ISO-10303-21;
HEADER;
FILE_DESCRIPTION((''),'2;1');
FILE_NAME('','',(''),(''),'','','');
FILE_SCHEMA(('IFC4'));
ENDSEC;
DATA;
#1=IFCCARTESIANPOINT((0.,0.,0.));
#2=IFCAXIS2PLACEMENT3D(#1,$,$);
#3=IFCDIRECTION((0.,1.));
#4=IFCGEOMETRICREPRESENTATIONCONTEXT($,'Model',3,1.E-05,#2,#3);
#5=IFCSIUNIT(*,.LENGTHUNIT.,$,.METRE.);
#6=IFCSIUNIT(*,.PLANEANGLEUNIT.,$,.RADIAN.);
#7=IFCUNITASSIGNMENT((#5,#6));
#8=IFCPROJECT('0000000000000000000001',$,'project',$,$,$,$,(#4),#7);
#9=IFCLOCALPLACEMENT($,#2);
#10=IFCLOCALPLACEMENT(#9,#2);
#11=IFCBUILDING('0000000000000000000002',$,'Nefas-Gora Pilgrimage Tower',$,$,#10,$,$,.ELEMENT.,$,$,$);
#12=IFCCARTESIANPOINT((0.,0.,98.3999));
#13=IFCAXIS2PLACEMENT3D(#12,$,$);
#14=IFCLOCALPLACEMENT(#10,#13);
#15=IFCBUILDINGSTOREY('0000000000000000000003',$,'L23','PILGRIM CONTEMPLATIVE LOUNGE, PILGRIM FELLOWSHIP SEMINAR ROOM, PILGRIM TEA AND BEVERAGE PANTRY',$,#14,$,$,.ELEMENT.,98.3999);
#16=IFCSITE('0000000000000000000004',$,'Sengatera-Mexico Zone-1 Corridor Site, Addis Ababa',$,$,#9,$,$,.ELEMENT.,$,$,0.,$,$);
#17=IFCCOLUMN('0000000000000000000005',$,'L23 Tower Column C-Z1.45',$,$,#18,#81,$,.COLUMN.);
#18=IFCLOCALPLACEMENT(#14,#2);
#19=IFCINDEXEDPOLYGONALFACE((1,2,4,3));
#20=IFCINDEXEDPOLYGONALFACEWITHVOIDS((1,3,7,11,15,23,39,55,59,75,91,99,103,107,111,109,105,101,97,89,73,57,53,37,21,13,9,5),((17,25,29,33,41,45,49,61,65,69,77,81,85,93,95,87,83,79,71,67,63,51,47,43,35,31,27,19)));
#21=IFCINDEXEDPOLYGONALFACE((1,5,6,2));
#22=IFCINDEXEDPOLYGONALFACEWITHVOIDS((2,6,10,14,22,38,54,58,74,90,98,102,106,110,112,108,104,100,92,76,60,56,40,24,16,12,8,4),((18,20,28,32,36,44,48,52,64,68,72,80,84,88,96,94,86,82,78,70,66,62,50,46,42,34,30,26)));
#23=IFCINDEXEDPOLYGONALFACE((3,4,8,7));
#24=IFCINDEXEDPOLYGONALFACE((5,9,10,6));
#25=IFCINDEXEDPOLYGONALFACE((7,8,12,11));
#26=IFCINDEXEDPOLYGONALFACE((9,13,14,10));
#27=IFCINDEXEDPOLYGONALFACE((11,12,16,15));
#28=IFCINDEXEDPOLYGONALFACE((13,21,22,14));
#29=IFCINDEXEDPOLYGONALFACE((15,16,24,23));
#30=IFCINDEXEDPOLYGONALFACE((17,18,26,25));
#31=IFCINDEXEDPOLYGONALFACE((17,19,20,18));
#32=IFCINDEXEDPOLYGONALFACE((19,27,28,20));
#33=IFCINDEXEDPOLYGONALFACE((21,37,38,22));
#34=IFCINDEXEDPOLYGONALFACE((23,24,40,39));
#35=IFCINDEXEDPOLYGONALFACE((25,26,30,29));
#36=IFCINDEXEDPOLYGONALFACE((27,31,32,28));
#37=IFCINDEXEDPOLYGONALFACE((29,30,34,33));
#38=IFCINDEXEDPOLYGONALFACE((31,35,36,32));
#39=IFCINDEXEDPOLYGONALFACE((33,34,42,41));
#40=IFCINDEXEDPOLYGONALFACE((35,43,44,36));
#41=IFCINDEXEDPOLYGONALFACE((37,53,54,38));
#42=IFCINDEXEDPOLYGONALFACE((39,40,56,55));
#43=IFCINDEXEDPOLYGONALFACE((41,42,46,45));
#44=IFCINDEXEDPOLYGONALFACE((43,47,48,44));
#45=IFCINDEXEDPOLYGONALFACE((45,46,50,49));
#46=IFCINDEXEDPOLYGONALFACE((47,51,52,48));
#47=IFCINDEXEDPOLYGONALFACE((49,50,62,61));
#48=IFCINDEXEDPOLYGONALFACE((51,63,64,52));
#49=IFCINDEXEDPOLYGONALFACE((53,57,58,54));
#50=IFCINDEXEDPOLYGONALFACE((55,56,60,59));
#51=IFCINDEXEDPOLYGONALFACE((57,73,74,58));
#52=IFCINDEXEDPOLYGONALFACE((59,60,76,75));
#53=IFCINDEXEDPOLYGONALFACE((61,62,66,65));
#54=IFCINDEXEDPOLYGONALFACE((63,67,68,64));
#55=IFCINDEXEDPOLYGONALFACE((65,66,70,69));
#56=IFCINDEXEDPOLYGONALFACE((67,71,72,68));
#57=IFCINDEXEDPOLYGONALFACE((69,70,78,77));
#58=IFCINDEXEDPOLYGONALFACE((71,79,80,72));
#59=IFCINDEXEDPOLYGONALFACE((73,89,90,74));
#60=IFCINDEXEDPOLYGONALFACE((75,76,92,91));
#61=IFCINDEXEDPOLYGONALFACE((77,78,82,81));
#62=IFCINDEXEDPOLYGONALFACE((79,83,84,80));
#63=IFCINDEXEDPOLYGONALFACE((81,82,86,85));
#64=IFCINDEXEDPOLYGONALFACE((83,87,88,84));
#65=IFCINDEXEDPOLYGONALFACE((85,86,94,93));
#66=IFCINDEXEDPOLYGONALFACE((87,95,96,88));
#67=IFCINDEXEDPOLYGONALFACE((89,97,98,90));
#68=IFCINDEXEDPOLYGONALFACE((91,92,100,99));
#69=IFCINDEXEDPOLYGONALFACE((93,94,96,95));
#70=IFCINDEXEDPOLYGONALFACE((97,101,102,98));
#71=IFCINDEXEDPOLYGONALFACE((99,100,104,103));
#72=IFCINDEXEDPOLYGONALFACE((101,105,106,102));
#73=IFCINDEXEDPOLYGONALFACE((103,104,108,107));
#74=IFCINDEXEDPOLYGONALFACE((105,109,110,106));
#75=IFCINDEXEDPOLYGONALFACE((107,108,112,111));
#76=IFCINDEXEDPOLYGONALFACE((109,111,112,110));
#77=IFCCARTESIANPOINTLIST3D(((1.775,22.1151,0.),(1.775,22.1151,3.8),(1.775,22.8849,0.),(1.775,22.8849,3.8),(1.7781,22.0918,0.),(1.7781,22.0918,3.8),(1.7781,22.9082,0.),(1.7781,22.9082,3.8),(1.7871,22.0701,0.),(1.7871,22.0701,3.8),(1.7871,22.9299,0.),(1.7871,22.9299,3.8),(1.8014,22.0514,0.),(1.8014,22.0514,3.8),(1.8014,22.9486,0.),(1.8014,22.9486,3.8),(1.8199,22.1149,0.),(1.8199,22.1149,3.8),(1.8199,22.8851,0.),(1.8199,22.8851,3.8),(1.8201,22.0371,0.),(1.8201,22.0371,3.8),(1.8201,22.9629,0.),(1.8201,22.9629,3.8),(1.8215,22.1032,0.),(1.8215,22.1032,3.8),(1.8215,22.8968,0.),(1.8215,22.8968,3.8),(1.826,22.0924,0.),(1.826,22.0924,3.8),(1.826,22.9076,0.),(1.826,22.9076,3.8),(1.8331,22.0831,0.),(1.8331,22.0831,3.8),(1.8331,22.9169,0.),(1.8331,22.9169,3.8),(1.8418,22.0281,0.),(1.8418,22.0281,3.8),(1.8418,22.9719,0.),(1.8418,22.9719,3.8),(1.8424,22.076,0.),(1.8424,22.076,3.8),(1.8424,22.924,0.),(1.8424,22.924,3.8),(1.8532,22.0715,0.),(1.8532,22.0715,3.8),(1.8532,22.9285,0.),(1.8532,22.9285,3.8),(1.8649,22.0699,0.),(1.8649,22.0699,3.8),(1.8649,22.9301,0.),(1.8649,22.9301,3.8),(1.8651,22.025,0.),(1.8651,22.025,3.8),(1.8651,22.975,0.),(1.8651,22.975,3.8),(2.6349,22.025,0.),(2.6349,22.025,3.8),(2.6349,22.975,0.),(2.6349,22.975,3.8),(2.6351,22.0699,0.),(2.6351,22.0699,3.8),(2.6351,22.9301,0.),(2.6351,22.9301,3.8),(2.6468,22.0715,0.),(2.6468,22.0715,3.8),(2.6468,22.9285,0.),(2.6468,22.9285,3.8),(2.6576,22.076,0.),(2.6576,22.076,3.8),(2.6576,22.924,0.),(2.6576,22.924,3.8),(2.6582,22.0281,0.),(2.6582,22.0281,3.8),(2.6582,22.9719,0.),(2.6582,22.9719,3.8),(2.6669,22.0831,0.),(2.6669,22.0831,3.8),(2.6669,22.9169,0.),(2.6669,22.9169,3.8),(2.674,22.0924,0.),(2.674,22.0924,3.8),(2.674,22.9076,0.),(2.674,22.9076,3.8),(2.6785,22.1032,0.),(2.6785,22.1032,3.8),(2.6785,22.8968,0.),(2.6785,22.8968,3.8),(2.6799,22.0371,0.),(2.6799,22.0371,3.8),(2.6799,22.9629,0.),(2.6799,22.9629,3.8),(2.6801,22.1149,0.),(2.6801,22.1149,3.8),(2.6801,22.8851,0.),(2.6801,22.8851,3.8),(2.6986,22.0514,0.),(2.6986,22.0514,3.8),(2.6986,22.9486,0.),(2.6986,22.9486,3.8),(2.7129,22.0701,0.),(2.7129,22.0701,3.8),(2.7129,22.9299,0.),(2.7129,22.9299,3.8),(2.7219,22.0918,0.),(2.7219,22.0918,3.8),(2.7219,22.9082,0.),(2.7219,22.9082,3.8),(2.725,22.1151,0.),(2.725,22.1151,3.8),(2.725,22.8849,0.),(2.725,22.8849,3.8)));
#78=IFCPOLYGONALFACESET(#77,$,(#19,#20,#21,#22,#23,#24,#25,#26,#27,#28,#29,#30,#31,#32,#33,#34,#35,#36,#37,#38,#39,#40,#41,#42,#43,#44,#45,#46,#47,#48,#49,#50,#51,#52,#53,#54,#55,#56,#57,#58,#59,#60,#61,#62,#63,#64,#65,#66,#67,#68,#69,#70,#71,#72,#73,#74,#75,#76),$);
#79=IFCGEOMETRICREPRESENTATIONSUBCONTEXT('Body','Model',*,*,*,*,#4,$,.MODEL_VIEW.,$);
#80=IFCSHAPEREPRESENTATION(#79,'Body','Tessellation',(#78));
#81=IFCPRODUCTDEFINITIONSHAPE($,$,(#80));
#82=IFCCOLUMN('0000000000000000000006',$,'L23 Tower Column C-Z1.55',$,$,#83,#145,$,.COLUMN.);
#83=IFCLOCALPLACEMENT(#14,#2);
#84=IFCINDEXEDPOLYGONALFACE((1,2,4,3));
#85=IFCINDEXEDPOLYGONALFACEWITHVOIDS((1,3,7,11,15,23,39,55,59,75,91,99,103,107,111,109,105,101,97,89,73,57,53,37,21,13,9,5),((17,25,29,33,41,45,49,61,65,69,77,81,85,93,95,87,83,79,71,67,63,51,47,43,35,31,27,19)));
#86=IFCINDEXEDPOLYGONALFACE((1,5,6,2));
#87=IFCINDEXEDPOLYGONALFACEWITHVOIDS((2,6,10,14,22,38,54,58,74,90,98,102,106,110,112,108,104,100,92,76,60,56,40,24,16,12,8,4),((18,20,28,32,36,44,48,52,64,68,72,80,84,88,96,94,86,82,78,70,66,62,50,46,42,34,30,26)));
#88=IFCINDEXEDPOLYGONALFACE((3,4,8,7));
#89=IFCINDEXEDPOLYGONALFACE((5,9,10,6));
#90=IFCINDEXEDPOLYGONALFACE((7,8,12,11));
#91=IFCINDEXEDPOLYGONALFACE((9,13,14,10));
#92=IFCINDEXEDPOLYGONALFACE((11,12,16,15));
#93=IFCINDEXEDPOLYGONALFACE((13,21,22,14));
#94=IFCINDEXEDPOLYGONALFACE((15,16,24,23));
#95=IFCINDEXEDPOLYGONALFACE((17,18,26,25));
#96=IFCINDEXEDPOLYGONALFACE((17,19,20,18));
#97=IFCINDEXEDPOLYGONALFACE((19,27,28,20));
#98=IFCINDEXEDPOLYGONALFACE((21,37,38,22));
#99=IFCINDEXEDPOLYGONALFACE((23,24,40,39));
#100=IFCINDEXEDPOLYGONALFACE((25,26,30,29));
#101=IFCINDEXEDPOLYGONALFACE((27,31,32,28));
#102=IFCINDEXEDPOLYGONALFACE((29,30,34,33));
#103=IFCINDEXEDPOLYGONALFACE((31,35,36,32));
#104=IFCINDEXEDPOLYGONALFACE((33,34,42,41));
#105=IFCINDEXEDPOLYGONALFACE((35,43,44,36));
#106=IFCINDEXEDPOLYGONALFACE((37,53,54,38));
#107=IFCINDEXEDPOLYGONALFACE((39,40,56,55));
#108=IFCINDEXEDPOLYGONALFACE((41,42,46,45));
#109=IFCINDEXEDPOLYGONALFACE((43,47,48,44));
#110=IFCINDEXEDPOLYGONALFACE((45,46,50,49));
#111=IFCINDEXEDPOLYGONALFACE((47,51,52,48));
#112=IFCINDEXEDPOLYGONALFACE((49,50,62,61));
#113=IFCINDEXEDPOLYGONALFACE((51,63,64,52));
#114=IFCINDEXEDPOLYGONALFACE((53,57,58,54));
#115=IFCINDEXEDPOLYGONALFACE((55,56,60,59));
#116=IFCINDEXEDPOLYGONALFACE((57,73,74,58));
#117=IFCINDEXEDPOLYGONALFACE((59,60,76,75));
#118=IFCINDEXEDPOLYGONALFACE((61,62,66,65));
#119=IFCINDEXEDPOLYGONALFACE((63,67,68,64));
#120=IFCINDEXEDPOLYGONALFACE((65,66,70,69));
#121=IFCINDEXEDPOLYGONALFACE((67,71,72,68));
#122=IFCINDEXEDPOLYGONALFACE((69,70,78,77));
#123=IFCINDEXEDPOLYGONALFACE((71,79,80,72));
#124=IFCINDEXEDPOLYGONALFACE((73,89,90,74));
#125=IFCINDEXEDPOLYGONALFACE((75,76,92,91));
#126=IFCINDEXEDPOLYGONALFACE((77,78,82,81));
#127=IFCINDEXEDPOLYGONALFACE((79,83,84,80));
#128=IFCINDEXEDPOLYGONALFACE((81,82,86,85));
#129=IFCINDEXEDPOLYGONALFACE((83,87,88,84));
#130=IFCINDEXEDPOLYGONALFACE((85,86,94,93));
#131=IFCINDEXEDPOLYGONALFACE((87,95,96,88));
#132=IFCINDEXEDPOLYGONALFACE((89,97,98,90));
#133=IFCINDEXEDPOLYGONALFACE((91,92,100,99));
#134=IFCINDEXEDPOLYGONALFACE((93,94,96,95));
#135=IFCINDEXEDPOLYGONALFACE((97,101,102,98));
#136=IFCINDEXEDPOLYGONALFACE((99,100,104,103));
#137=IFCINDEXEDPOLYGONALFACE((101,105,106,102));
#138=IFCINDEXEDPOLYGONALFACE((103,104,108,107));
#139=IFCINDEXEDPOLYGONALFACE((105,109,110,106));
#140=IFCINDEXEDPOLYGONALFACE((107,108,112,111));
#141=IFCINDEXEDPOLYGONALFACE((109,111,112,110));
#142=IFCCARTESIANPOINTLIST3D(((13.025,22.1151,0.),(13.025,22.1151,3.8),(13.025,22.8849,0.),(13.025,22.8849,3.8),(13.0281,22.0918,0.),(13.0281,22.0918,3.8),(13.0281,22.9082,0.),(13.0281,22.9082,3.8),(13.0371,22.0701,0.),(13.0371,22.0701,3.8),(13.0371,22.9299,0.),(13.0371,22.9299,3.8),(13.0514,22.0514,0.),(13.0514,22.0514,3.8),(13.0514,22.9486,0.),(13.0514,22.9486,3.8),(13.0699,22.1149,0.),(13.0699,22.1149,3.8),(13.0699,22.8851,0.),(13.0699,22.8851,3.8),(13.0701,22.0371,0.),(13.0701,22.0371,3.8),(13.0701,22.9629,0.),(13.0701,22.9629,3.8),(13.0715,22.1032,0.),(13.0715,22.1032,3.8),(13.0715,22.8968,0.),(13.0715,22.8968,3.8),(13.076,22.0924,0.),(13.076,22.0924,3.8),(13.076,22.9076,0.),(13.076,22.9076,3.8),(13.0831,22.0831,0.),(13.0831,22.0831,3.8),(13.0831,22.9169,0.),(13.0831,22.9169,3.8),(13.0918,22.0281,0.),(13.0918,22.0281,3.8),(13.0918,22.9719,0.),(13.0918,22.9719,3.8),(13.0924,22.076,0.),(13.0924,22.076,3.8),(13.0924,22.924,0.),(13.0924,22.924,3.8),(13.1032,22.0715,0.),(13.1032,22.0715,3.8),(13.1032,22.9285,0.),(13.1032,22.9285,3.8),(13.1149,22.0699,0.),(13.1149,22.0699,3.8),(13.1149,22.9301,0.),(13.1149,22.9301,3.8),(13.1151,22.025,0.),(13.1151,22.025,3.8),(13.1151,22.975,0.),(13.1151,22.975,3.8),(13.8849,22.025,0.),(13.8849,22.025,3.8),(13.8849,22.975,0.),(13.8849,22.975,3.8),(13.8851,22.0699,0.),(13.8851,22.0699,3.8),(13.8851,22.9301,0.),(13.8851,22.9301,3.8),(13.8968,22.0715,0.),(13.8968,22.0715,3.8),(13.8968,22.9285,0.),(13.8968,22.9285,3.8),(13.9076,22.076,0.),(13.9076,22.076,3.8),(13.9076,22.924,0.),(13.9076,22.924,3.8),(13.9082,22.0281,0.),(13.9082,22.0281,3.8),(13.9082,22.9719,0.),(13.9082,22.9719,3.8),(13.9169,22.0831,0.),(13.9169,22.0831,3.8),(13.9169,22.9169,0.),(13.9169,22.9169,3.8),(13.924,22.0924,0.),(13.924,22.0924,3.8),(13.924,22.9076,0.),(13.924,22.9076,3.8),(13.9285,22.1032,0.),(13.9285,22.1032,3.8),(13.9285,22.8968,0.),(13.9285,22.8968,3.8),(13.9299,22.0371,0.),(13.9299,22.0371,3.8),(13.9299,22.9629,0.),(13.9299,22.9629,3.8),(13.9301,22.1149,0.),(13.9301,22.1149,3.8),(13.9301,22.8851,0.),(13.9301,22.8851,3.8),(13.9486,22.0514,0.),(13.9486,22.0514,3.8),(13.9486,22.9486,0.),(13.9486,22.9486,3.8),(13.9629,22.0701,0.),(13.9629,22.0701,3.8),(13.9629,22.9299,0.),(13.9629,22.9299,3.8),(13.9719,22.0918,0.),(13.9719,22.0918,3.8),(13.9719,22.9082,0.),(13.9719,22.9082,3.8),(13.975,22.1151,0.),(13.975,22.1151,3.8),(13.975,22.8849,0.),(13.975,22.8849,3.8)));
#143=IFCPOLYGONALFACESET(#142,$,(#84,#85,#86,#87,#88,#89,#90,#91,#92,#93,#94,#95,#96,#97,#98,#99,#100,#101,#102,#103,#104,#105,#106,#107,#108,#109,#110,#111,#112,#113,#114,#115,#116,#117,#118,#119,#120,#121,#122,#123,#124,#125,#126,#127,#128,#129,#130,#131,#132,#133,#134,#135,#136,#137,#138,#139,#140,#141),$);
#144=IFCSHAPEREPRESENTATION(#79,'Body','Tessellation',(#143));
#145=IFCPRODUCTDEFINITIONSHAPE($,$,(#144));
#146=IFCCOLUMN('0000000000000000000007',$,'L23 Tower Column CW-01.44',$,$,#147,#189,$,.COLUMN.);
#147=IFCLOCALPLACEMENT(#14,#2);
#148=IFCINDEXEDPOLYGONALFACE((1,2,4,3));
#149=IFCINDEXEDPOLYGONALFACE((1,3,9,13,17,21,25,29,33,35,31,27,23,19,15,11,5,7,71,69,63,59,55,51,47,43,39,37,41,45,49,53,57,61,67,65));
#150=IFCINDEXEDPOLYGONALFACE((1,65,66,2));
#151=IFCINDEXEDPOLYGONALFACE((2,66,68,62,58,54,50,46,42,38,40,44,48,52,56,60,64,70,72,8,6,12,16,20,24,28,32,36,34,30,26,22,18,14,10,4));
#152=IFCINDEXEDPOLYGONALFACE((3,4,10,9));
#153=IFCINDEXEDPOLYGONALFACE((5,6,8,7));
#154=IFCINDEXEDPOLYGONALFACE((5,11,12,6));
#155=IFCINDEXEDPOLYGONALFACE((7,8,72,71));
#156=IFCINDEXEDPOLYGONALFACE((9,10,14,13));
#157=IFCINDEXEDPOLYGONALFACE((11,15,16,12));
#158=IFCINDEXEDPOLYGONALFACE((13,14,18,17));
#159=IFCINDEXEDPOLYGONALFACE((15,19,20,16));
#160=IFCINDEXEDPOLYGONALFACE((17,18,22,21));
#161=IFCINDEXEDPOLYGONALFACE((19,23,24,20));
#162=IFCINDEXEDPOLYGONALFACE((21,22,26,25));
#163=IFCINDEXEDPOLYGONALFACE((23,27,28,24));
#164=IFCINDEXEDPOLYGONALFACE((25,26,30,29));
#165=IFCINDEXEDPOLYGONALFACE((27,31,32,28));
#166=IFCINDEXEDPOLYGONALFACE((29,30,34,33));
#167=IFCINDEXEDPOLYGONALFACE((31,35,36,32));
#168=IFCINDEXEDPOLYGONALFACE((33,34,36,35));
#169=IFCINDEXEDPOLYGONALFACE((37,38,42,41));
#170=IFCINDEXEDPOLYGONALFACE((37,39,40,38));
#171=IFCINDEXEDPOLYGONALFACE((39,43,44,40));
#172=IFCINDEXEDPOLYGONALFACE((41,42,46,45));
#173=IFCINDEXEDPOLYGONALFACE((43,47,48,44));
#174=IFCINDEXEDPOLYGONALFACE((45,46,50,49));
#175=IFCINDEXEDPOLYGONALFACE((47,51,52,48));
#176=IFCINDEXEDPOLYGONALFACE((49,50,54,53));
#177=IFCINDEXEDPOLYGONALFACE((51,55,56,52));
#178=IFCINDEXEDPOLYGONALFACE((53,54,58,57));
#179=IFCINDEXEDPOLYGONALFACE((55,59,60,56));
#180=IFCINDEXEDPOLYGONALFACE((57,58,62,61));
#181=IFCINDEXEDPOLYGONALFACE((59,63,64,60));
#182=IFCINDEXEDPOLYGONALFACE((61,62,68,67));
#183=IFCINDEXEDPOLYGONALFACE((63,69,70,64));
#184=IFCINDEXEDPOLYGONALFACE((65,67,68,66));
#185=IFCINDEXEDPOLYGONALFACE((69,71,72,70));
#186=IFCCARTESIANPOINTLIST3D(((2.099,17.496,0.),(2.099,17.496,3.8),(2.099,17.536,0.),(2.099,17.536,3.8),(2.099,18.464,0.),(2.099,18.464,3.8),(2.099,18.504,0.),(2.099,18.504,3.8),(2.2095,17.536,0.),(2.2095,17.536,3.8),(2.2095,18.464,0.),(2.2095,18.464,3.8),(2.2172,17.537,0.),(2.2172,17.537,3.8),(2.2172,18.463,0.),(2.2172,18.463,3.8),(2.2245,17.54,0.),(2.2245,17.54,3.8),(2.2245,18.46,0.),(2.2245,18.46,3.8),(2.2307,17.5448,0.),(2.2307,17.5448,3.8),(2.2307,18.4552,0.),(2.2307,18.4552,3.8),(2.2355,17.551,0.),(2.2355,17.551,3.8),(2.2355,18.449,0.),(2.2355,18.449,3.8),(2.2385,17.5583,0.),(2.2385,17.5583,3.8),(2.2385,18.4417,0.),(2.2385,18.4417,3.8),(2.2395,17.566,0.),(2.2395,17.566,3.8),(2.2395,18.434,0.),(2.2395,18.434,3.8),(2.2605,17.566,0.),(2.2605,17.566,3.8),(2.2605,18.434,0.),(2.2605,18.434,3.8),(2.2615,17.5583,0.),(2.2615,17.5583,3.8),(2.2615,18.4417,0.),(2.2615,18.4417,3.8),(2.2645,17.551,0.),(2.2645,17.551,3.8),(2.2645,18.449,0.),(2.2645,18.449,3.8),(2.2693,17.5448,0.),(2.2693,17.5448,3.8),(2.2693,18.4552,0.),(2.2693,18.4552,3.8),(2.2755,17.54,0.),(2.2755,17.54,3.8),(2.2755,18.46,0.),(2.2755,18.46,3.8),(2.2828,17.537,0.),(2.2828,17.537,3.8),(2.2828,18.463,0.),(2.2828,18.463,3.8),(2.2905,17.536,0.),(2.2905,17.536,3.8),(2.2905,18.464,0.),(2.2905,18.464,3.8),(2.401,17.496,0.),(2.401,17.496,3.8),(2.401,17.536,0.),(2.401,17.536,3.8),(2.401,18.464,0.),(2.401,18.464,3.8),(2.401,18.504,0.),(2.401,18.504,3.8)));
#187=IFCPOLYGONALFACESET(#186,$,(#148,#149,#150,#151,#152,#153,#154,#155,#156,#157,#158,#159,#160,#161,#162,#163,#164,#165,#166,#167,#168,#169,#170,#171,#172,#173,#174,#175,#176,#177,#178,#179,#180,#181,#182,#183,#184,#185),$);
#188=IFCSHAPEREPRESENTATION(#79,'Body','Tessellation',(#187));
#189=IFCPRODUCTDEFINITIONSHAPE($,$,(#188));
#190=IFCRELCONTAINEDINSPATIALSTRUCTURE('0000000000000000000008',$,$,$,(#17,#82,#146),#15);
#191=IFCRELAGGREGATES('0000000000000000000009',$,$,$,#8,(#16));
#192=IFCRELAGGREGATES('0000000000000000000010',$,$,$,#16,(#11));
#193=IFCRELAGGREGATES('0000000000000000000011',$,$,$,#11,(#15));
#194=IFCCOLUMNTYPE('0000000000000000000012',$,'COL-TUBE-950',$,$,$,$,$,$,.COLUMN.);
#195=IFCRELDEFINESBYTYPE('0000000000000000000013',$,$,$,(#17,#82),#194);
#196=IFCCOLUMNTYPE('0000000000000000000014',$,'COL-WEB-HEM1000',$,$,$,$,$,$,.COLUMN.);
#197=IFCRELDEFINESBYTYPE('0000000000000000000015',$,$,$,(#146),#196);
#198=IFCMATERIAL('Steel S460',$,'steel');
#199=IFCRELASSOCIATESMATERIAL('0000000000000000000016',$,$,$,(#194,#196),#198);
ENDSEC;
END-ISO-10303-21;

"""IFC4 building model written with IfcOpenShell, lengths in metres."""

from ifc_helpers import new_model, si_unit, direction, frame, origin, origin_2d, place, context, subcontext, project, spatial, hollow_rectangle, i_section, extrude, source, transform, mapped, material, material_profile, profile_set, type_object, element, save


model = new_model("IFC4")

# Units and contexts
model_context = context("Model", 3, precision=1e-05, world=origin(), true_north=direction((0.0, 1.0)))
body_context = subcontext(model_context, "Body", "Model", "MODEL_VIEW")
ifc_project = project(units=[si_unit("LENGTHUNIT", "METRE"), si_unit("PLANEANGLEUNIT", "RADIAN")], contexts=[model_context])

# Site, building, storey
site_placement = place(None, origin())
site = spatial("IfcSite", under=ifc_project, at=site_placement, Name="Sengatera-Mexico Zone-1 Corridor Site, Addis Ababa", CompositionType="ELEMENT", RefElevation=0.0)
building_placement = place(site_placement, origin())
building = spatial("IfcBuilding", under=site, at=building_placement, Name="Nefas-Gora Pilgrimage Tower", CompositionType="ELEMENT")
storey_placement = place(building_placement, frame((0.0, 0.0, 98.3999)))
storey = spatial("IfcBuildingStorey", under=building, at=storey_placement, Name="L23", Description="PILGRIM CONTEMPLATIVE LOUNGE, PILGRIM FELLOWSHIP SEMINAR ROOM, PILGRIM TEA AND BEVERAGE PANTRY", CompositionType="ELEMENT", Elevation=98.3999)

# Columns
ifc_material_1 = material(Name="Steel S460", Category="steel")
ifc_material_profile_1 = material_profile(ifc_material_1, hollow_rectangle(XDim=0.95, YDim=0.95, WallThickness=0.0449, InnerFilletRadius=0.0449, OuterFilletRadius=0.0901, at=origin_2d()), Name="BOX 950x950x45")
ifc_profile_set_1 = profile_set([ifc_material_profile_1], Name="Steel S460")
column_type_1 = type_object("IfcColumnType", Name="COL-TUBE-950", PredefinedType="COLUMN", material=ifc_profile_set_1)
shared_shape_1 = source(origin(), body_context, "Body", "SweptSolid", [
    extrude(hollow_rectangle(XDim=0.95, YDim=0.95, WallThickness=0.0449, InnerFilletRadius=0.0449, OuterFilletRadius=0.0901, at=origin_2d()), origin(), (0.0, 0.0, 1.0), 3.8),
])
for number, where, z_axis, x_axis, name in (
    (1, (2.25, 22.5, 0.0), (0.0, 0.0, 1.0), (1.0, 0.0, 0.0), "L23 Tower Column C-Z1.45"),
    (2, (13.5, 22.5, 0.0), (0.0, 0.0, 1.0), (1.0, 0.0, 0.0), "L23 Tower Column C-Z1.55"),
):
    element("IfcColumn", number, at=place(storey_placement, frame(where, z_axis=z_axis, x_axis=x_axis)), inside=storey, type_object=column_type_1, Name=name, PredefinedType="COLUMN", context=body_context, shape_type="MappedRepresentation", body=[
        mapped(shared_shape_1, transform((0.0, 0.0, 0.0), x_axis=(1.0, 0.0, 0.0), y_axis=(0.0, 1.0, 0.0), z_axis=(0.0, 0.0, 1.0), scale=1.0)),
    ])
ifc_material_profile_2 = material_profile(ifc_material_1, i_section(OverallWidth=0.302, OverallDepth=1.0081, WebThickness=0.021, FlangeThickness=0.04, FilletRadius=0.03, at=origin_2d()), Name="HEM 1000")
ifc_profile_set_2 = profile_set([ifc_material_profile_2], Name="Steel S460")
column_type_2 = type_object("IfcColumnType", Name="COL-WEB-HEM1000", PredefinedType="COLUMN", material=ifc_profile_set_2)
shared_shape_2 = source(origin(), body_context, "Body", "SweptSolid", [
    extrude(i_section(OverallWidth=0.302, OverallDepth=1.0081, WebThickness=0.021, FlangeThickness=0.04, FilletRadius=0.03, at=origin_2d()), origin(), (0.0, 0.0, 1.0), 3.8),
])
for number, where, z_axis, x_axis, name in (
    (3, (2.25, 18.0, 0.0), (0.0, 0.0, 1.0), (1.0, 0.0, 0.0), "L23 Tower Column CW-01.44"),
):
    element("IfcColumn", number, at=place(storey_placement, frame(where, z_axis=z_axis, x_axis=x_axis)), inside=storey, type_object=column_type_2, Name=name, PredefinedType="COLUMN", context=body_context, shape_type="MappedRepresentation", body=[
        mapped(shared_shape_2, transform((0.0, 0.0, 0.0), x_axis=(1.0, 0.0, 0.0), y_axis=(0.0, 1.0, 0.0), z_axis=(0.0, 0.0, 1.0), scale=1.0)),
    ])

save(model, "model.ifc")
